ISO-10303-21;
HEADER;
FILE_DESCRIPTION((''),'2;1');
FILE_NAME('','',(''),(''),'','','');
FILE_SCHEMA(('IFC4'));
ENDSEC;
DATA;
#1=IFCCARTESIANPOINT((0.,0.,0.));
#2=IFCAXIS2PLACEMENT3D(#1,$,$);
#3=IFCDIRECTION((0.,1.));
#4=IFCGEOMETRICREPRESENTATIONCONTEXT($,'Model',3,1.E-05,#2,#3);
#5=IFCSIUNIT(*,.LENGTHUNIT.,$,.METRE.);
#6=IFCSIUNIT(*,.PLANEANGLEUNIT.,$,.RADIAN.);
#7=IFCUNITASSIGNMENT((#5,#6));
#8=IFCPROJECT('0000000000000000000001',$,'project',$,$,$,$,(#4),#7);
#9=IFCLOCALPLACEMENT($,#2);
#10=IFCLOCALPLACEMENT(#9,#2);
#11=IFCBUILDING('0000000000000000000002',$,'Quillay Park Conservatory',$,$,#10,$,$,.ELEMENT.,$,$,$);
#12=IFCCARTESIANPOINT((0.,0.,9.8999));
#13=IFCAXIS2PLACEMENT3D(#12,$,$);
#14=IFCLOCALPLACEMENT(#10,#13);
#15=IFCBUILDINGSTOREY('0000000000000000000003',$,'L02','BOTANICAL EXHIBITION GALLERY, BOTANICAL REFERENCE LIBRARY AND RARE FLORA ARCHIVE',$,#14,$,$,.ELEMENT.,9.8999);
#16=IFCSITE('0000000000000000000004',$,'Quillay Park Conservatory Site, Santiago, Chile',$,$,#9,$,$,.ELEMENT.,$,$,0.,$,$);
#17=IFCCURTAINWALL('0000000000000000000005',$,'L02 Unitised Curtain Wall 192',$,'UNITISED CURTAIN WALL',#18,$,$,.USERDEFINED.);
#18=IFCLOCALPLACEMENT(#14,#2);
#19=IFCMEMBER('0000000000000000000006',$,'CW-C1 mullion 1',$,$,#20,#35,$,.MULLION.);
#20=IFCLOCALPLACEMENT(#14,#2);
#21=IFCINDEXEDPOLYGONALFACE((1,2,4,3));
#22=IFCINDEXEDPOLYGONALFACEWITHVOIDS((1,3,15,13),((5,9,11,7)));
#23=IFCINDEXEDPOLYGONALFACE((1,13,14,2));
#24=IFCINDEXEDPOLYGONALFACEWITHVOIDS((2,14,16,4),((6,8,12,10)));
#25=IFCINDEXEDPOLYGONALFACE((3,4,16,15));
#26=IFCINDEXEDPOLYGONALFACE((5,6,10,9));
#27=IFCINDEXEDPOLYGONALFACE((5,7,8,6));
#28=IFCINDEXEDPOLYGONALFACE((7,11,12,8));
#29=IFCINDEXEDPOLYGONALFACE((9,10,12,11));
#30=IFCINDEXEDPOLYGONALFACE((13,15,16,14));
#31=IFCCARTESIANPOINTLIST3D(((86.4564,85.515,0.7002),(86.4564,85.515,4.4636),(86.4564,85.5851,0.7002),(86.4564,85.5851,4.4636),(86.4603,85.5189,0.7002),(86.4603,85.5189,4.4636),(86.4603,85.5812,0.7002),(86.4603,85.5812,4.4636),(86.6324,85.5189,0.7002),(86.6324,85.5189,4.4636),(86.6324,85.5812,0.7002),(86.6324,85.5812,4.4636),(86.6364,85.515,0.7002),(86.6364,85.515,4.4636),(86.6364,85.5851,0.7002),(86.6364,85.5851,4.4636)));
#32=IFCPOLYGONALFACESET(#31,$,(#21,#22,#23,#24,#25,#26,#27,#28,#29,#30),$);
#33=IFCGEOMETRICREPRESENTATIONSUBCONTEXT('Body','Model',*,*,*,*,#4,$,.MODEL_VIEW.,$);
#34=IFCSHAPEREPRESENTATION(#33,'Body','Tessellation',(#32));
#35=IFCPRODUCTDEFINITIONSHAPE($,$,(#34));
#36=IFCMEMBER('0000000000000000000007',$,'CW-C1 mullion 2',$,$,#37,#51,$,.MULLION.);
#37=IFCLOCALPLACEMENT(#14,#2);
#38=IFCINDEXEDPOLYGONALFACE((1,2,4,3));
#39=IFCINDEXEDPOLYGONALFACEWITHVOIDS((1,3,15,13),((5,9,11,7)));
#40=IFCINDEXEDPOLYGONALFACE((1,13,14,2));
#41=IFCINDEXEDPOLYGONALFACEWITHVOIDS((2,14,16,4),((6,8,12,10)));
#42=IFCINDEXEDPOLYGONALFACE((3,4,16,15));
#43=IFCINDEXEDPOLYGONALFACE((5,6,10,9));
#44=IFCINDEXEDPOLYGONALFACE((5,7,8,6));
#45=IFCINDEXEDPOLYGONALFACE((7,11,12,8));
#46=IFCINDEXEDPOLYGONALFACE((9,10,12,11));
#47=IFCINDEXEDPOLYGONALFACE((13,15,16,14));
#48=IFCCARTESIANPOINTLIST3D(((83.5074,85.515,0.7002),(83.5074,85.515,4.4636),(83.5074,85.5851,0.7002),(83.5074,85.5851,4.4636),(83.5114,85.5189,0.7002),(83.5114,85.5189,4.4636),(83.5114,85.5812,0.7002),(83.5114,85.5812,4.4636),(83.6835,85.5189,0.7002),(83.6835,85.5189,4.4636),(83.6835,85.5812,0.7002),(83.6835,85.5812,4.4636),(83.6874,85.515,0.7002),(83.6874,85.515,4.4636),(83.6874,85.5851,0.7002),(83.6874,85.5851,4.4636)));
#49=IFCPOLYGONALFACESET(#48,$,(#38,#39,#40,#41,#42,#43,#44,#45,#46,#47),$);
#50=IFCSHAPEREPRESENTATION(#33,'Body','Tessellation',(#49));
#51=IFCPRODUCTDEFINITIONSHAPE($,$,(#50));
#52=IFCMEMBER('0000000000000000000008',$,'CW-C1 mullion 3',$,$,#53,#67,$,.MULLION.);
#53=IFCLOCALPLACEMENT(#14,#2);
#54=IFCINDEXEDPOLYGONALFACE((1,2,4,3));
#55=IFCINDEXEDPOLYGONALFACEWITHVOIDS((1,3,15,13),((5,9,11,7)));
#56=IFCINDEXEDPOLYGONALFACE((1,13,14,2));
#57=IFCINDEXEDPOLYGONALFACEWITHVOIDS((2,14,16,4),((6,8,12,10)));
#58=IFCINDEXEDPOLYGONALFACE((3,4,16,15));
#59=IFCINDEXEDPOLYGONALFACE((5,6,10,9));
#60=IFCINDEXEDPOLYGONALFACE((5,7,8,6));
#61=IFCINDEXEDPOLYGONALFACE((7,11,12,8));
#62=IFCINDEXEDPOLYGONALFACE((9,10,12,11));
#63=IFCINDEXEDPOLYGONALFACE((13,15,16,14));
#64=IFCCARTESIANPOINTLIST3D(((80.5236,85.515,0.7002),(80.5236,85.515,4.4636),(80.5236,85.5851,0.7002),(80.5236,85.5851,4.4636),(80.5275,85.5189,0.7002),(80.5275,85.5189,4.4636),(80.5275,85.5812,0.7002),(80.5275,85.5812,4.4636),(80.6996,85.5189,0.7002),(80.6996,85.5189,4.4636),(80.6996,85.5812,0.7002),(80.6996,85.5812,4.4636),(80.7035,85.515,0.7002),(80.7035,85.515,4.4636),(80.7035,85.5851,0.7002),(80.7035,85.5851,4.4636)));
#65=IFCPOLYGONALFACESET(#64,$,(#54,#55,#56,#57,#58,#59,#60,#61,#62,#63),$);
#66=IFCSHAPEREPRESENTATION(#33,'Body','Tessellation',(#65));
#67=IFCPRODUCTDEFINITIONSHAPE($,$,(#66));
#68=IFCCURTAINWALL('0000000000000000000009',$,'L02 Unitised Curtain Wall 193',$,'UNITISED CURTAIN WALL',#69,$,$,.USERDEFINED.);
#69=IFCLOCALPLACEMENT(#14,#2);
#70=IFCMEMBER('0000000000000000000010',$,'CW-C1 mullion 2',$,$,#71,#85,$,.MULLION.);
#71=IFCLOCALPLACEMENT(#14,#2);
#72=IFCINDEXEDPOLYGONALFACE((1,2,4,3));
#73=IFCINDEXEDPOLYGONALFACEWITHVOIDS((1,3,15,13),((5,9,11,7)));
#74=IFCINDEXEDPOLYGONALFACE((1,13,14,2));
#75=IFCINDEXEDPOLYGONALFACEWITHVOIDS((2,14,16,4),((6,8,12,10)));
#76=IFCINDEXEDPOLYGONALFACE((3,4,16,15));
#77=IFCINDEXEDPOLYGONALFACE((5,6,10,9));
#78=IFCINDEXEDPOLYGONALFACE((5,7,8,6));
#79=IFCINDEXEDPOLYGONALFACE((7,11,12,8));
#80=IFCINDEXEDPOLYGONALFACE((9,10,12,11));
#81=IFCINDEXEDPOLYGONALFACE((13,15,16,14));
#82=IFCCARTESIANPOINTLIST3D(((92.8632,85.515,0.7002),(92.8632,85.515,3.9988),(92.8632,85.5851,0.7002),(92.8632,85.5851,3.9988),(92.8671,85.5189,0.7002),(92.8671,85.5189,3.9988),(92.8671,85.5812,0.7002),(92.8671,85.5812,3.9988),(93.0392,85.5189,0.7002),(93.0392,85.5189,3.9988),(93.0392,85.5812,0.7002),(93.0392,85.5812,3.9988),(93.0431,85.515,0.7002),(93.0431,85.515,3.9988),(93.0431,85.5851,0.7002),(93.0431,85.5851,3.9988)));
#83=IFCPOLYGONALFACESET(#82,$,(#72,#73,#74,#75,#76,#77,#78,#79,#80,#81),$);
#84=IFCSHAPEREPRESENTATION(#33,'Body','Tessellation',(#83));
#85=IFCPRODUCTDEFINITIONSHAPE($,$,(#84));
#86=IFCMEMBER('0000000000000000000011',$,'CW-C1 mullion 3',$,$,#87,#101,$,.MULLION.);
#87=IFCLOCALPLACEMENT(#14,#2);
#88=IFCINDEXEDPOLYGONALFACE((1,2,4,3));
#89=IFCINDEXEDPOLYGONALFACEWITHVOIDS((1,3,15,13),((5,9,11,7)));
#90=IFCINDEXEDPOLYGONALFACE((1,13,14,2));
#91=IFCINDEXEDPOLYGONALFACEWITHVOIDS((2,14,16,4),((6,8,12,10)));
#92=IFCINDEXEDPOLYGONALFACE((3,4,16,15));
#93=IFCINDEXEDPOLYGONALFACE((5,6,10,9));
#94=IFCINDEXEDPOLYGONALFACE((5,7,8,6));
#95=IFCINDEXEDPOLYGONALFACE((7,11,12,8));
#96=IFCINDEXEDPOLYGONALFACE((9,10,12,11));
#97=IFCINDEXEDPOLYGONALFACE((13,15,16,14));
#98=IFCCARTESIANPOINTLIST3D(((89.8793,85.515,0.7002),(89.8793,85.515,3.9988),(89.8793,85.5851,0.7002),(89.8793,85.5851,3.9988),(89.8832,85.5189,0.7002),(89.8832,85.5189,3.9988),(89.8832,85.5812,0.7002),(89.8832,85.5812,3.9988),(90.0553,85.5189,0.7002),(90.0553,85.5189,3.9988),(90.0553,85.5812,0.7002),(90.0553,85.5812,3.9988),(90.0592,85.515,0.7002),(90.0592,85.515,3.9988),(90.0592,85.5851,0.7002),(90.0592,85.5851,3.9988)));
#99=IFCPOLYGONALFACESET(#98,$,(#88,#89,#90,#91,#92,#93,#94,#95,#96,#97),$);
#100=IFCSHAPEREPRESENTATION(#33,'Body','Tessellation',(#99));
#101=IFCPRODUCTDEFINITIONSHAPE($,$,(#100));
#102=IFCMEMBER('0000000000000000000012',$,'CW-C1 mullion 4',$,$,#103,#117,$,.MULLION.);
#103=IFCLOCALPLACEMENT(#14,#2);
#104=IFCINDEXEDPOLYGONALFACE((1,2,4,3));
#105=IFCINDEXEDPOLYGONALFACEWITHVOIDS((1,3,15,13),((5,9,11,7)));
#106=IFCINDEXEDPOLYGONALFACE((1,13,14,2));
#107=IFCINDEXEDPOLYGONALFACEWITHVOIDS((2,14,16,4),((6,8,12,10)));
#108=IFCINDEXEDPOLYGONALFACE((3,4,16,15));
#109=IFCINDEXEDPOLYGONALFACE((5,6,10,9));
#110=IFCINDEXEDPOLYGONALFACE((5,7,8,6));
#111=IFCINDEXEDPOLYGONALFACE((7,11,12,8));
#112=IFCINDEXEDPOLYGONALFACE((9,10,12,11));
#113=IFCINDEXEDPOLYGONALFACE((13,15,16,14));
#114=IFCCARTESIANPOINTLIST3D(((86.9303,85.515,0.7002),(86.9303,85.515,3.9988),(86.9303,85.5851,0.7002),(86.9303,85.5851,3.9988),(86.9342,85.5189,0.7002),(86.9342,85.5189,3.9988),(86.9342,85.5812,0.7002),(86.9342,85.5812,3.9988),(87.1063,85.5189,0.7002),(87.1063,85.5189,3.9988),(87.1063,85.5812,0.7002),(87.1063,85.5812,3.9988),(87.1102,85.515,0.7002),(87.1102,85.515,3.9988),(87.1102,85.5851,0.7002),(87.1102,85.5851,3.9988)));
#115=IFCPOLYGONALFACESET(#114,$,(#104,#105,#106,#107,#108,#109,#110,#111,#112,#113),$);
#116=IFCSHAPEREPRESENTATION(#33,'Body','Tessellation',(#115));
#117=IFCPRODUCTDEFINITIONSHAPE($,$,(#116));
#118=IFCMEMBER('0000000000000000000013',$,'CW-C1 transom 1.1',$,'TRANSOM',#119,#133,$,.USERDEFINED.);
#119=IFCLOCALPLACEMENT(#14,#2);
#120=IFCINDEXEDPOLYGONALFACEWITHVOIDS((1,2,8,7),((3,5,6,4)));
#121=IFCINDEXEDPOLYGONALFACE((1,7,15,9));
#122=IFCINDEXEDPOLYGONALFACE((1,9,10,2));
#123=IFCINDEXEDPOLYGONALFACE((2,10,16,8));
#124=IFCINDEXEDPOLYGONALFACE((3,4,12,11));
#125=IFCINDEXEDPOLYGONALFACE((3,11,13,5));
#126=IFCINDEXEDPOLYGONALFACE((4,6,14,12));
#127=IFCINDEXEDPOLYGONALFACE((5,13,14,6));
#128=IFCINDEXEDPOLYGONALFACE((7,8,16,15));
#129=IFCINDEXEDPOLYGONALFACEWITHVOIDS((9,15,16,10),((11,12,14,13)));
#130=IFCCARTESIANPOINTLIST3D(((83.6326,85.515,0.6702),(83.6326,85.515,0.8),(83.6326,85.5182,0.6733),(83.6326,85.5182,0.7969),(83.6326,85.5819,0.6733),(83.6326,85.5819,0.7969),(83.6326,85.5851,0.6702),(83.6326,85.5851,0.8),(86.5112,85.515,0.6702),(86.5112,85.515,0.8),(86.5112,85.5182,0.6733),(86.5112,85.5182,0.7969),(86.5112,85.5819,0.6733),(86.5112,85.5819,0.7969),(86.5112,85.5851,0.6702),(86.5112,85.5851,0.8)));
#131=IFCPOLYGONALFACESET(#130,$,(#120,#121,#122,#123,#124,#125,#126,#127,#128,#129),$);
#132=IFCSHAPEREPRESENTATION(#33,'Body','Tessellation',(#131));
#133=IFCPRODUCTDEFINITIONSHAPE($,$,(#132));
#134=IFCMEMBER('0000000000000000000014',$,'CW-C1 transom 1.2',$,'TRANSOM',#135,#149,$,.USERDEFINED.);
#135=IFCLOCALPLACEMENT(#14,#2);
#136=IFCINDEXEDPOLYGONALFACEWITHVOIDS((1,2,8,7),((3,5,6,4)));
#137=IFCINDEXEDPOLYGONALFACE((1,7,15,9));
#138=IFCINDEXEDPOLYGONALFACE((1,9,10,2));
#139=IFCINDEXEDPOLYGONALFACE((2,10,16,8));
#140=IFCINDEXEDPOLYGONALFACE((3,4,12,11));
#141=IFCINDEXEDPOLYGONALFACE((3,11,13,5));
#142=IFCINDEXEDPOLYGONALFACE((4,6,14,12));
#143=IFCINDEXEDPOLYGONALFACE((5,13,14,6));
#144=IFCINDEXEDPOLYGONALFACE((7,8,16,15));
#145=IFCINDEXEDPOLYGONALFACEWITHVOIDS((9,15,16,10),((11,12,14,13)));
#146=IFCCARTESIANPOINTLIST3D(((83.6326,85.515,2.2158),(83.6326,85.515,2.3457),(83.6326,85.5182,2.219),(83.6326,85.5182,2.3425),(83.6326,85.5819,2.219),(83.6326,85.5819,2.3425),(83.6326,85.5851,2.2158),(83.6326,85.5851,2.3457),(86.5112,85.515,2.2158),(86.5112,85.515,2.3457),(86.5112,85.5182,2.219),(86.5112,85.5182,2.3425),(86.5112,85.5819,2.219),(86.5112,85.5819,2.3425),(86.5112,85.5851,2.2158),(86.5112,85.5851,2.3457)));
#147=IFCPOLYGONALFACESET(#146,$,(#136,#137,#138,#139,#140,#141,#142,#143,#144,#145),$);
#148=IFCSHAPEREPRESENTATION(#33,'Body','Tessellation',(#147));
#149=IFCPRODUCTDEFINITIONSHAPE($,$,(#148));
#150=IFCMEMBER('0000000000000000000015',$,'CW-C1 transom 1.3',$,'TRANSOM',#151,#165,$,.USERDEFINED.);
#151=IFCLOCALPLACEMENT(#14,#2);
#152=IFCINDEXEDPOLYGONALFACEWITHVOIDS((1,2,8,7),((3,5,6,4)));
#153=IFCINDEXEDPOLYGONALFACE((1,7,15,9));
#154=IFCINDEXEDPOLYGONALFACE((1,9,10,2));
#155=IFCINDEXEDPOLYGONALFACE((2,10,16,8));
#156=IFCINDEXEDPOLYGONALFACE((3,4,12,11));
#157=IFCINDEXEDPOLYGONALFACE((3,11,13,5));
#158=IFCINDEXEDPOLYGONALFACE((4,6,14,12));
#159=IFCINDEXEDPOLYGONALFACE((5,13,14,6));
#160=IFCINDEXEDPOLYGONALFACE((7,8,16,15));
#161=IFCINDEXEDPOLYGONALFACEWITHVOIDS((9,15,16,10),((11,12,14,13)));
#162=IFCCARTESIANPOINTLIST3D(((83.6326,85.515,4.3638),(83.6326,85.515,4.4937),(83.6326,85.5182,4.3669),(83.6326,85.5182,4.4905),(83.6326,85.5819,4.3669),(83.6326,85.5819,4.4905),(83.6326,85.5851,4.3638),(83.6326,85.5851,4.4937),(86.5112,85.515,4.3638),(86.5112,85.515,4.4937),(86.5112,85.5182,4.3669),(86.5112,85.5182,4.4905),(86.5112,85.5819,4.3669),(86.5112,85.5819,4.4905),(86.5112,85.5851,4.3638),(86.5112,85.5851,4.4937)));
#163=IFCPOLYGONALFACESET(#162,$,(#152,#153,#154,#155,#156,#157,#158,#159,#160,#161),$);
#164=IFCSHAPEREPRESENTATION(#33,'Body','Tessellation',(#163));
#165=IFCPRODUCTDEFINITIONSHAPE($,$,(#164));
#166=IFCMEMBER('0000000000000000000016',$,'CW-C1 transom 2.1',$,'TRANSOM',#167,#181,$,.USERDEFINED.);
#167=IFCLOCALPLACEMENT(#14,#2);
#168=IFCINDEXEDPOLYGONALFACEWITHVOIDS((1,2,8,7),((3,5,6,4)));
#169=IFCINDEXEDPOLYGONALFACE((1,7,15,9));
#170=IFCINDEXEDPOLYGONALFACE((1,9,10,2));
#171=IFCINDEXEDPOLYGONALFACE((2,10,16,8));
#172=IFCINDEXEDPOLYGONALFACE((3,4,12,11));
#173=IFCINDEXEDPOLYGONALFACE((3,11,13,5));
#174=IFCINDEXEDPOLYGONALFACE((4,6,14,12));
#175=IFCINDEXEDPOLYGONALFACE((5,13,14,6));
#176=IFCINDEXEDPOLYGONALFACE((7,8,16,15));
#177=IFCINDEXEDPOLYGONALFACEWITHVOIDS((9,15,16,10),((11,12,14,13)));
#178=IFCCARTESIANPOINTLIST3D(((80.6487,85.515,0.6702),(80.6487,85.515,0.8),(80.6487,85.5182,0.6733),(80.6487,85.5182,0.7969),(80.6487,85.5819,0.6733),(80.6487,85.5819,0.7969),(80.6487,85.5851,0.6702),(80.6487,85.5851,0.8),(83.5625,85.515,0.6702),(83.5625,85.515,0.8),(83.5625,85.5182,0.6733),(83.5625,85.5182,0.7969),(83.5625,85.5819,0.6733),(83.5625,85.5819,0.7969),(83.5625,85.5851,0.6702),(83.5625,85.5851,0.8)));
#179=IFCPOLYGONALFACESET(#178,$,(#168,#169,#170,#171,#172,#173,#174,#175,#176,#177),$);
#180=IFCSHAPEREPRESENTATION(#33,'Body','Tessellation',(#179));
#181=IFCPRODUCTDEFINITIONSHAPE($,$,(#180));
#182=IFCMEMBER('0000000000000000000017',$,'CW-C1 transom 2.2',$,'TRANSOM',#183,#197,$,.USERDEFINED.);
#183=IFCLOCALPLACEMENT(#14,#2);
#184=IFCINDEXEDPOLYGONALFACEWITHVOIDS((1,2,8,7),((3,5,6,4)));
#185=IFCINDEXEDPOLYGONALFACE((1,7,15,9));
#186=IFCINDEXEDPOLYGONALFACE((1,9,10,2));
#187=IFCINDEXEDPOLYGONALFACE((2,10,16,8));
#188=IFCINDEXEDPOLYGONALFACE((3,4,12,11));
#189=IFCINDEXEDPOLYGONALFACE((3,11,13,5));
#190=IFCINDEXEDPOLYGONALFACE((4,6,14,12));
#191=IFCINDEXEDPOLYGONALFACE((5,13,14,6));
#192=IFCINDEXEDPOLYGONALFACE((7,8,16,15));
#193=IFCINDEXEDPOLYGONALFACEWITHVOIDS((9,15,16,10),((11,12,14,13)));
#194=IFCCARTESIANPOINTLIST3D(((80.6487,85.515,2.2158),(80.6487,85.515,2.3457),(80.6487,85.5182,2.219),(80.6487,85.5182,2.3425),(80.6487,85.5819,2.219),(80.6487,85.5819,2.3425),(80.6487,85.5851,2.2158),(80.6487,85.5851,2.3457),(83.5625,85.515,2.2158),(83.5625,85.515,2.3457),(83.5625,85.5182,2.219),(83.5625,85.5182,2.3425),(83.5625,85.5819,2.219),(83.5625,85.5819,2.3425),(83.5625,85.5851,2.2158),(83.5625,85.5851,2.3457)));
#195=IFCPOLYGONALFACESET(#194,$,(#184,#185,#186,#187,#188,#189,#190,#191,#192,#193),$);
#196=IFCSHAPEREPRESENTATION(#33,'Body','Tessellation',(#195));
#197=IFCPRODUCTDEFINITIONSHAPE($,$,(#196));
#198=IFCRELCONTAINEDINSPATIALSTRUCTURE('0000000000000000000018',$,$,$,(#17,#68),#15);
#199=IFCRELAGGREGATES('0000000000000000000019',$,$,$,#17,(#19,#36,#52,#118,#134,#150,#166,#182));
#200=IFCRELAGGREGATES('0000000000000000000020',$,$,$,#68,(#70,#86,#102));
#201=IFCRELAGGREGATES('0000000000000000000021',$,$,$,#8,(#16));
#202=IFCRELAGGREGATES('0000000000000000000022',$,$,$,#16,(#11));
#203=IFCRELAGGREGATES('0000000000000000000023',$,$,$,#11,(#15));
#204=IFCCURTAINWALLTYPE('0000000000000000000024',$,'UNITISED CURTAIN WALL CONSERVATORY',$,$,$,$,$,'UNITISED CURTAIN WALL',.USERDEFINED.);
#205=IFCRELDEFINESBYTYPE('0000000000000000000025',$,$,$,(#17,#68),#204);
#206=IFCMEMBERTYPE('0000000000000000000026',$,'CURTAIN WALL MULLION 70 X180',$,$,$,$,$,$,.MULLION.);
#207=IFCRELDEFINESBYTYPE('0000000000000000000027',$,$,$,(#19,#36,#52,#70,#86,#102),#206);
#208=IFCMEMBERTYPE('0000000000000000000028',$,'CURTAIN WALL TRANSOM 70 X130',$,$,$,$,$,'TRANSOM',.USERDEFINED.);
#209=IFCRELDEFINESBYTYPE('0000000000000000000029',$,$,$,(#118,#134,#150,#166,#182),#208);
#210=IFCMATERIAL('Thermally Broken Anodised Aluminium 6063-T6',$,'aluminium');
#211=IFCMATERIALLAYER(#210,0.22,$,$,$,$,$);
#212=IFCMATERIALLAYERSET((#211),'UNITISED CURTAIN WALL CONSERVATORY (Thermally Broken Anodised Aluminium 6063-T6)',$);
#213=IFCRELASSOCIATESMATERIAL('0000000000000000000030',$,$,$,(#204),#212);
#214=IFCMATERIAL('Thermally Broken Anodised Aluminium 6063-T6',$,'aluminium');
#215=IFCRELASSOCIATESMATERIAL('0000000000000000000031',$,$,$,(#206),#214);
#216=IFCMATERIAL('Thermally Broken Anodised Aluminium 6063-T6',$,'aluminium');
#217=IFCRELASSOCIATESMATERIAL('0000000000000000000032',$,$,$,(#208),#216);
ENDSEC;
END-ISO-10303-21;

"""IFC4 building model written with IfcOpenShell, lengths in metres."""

from ifc_helpers import new_model, si_unit, direction, frame, origin, origin_2d, place, context, subcontext, project, spatial, hollow_rectangle, extrude, material, layer, layer_set, material_profile, profile_set, type_object, element, aggregate, save


model = new_model("IFC4")

# Units and contexts
model_context = context("Model", 3, precision=1e-05, world=origin(), true_north=direction((0.0, 1.0)))
body_context = subcontext(model_context, "Body", "Model", "MODEL_VIEW")
ifc_project = project(units=[si_unit("LENGTHUNIT", "METRE"), si_unit("PLANEANGLEUNIT", "RADIAN")], contexts=[model_context])

# Site, building, storey
site_placement = place(None, origin())
site = spatial("IfcSite", under=ifc_project, at=site_placement, Name="Quillay Park Conservatory Site, Santiago, Chile", CompositionType="ELEMENT", RefElevation=0.0)
building_placement = place(site_placement, origin())
building = spatial("IfcBuilding", under=site, at=building_placement, Name="Quillay Park Conservatory", CompositionType="ELEMENT")
storey_placement = place(building_placement, frame((0.0, 0.0, 9.8999)))
storey = spatial("IfcBuildingStorey", under=building, at=storey_placement, Name="L02", Description="BOTANICAL EXHIBITION GALLERY, BOTANICAL REFERENCE LIBRARY AND RARE FLORA ARCHIVE", CompositionType="ELEMENT", Elevation=9.8999)

# Curtain walls, members
ifc_material_1 = material(Name="Thermally Broken Anodised Aluminium 6063-T6", Category="aluminium")
ifc_layer_1 = layer(ifc_material_1, 0.22)
ifc_layer_set_1 = layer_set([ifc_layer_1], Name="UNITISED CURTAIN WALL CONSERVATORY (Thermally Broken Anodised Aluminium 6063-T6)")
curtain_wall_type = type_object("IfcCurtainWallType", Name="UNITISED CURTAIN WALL CONSERVATORY", ElementType="UNITISED CURTAIN WALL", PredefinedType="USERDEFINED", material=ifc_layer_set_1)
curtain_wall_1_placement = place(storey_placement, origin())
curtain_wall_1 = element("IfcCurtainWall", 1, at=curtain_wall_1_placement, inside=storey, type_object=curtain_wall_type, Name="L02 Unitised Curtain Wall 192", ObjectType="UNITISED CURTAIN WALL", PredefinedType="USERDEFINED")
ifc_material_2 = material(Name="Thermally Broken Anodised Aluminium 6063-T6", Category="aluminium")
ifc_material_profile_1 = material_profile(ifc_material_2, hollow_rectangle(XDim=0.0701, YDim=0.1799, WallThickness=0.0039, at=origin_2d()), Name="AL70x180x4")
ifc_profile_set_1 = profile_set([ifc_material_profile_1], Name="Thermally Broken Anodised Aluminium 6063-T6")
member_type_1 = type_object("IfcMemberType", Name="CURTAIN WALL MULLION 70 X180", PredefinedType="MULLION", material=ifc_profile_set_1)
member_1_placement = place(storey_placement, frame((86.5464, 85.55, 0.7002), z_axis=(0.0, 0.0, 1.0), x_axis=(0.0, -1.0, 0.0)))
member_1 = element("IfcMember", 2, at=member_1_placement, type_object=member_type_1, Name="CW-C1 mullion 1", PredefinedType="MULLION", context=body_context, shape_type="SweptSolid", body=[
    extrude(hollow_rectangle(XDim=0.0701, YDim=0.1799, WallThickness=0.0039, at=origin_2d()), origin(), (0.0, 0.0, 1.0), 3.7634),
])
member_2_placement = place(storey_placement, frame((83.5974, 85.55, 0.7002), z_axis=(0.0, 0.0, 1.0), x_axis=(0.0, -1.0, 0.0)))
member_2 = element("IfcMember", 3, at=member_2_placement, type_object=member_type_1, Name="CW-C1 mullion 2", PredefinedType="MULLION", context=body_context, shape_type="SweptSolid", body=[
    extrude(hollow_rectangle(XDim=0.0701, YDim=0.1799, WallThickness=0.0039, at=origin_2d()), origin(), (0.0, 0.0, 1.0), 3.7634),
])
member_3_placement = place(storey_placement, frame((80.6135, 85.55, 0.7002), z_axis=(0.0, 0.0, 1.0), x_axis=(0.0, -1.0, 0.0)))
member_3 = element("IfcMember", 4, at=member_3_placement, type_object=member_type_1, Name="CW-C1 mullion 3", PredefinedType="MULLION", context=body_context, shape_type="SweptSolid", body=[
    extrude(hollow_rectangle(XDim=0.0701, YDim=0.1799, WallThickness=0.0039, at=origin_2d()), origin(), (0.0, 0.0, 1.0), 3.7634),
])
curtain_wall_2_placement = place(storey_placement, origin())
curtain_wall_2 = element("IfcCurtainWall", 5, at=curtain_wall_2_placement, inside=storey, type_object=curtain_wall_type, Name="L02 Unitised Curtain Wall 193", ObjectType="UNITISED CURTAIN WALL", PredefinedType="USERDEFINED")
member_4_placement = place(storey_placement, frame((92.9531, 85.55, 0.7002), z_axis=(0.0, 0.0, 1.0), x_axis=(0.0, -1.0, 0.0)))
member_4 = element("IfcMember", 6, at=member_4_placement, type_object=member_type_1, Name="CW-C1 mullion 2", PredefinedType="MULLION", context=body_context, shape_type="SweptSolid", body=[
    extrude(hollow_rectangle(XDim=0.0701, YDim=0.1799, WallThickness=0.0039, at=origin_2d()), origin(), (0.0, 0.0, 1.0), 3.2986),
])
member_5_placement = place(storey_placement, frame((89.9692, 85.55, 0.7002), z_axis=(0.0, 0.0, 1.0), x_axis=(0.0, -1.0, 0.0)))
member_5 = element("IfcMember", 7, at=member_5_placement, type_object=member_type_1, Name="CW-C1 mullion 3", PredefinedType="MULLION", context=body_context, shape_type="SweptSolid", body=[
    extrude(hollow_rectangle(XDim=0.0701, YDim=0.1799, WallThickness=0.0039, at=origin_2d()), origin(), (0.0, 0.0, 1.0), 3.2986),
])
member_6_placement = place(storey_placement, frame((87.0203, 85.55, 0.7002), z_axis=(0.0, 0.0, 1.0), x_axis=(0.0, -1.0, 0.0)))
member_6 = element("IfcMember", 8, at=member_6_placement, type_object=member_type_1, Name="CW-C1 mullion 4", PredefinedType="MULLION", context=body_context, shape_type="SweptSolid", body=[
    extrude(hollow_rectangle(XDim=0.0701, YDim=0.1799, WallThickness=0.0039, at=origin_2d()), origin(), (0.0, 0.0, 1.0), 3.2986),
])

# Members
ifc_material_3 = material(Name="Thermally Broken Anodised Aluminium 6063-T6", Category="aluminium")
ifc_material_profile_2 = material_profile(ifc_material_3, hollow_rectangle(XDim=0.0701, YDim=0.1299, WallThickness=0.0032, at=origin_2d()), Name="AL70x130x3.2")
ifc_profile_set_2 = profile_set([ifc_material_profile_2], Name="Thermally Broken Anodised Aluminium 6063-T6")
member_type_2 = type_object("IfcMemberType", Name="CURTAIN WALL TRANSOM 70 X130", ElementType="TRANSOM", PredefinedType="USERDEFINED", material=ifc_profile_set_2)
member_7_placement = place(storey_placement, frame((86.5112, 85.55, 0.7351), z_axis=(-1.0, 0.0, 0.0), x_axis=(0.0, -1.0, 0.0)))
member_7 = element("IfcMember", 9, at=member_7_placement, type_object=member_type_2, Name="CW-C1 transom 1.1", ObjectType="TRANSOM", PredefinedType="USERDEFINED", context=body_context, shape_type="SweptSolid", body=[
    extrude(hollow_rectangle(XDim=0.0701, YDim=0.1299, WallThickness=0.0032, at=origin_2d()), origin(), (0.0, 0.0, 1.0), 2.8787),
])
member_8_placement = place(storey_placement, frame((86.5112, 85.55, 2.2808), z_axis=(-1.0, 0.0, 0.0), x_axis=(0.0, -1.0, 0.0)))
member_8 = element("IfcMember", 10, at=member_8_placement, type_object=member_type_2, Name="CW-C1 transom 1.2", ObjectType="TRANSOM", PredefinedType="USERDEFINED", context=body_context, shape_type="SweptSolid", body=[
    extrude(hollow_rectangle(XDim=0.0701, YDim=0.1299, WallThickness=0.0032, at=origin_2d()), origin(), (0.0, 0.0, 1.0), 2.8787),
])
member_9_placement = place(storey_placement, frame((86.5112, 85.55, 4.4287), z_axis=(-1.0, 0.0, 0.0), x_axis=(0.0, -1.0, 0.0)))
member_9 = element("IfcMember", 11, at=member_9_placement, type_object=member_type_2, Name="CW-C1 transom 1.3", ObjectType="TRANSOM", PredefinedType="USERDEFINED", context=body_context, shape_type="SweptSolid", body=[
    extrude(hollow_rectangle(XDim=0.0701, YDim=0.1299, WallThickness=0.0032, at=origin_2d()), origin(), (0.0, 0.0, 1.0), 2.8787),
])
member_10_placement = place(storey_placement, frame((83.5625, 85.55, 0.7351), z_axis=(-1.0, 0.0, 0.0), x_axis=(0.0, -1.0, 0.0)))
member_10 = element("IfcMember", 12, at=member_10_placement, type_object=member_type_2, Name="CW-C1 transom 2.1", ObjectType="TRANSOM", PredefinedType="USERDEFINED", context=body_context, shape_type="SweptSolid", body=[
    extrude(hollow_rectangle(XDim=0.0701, YDim=0.1299, WallThickness=0.0032, at=origin_2d()), origin(), (0.0, 0.0, 1.0), 2.9138),
])
member_11_placement = place(storey_placement, frame((83.5625, 85.55, 2.2808), z_axis=(-1.0, 0.0, 0.0), x_axis=(0.0, -1.0, 0.0)))
member_11 = element("IfcMember", 13, at=member_11_placement, type_object=member_type_2, Name="CW-C1 transom 2.2", ObjectType="TRANSOM", PredefinedType="USERDEFINED", context=body_context, shape_type="SweptSolid", body=[
    extrude(hollow_rectangle(XDim=0.0701, YDim=0.1299, WallThickness=0.0032, at=origin_2d()), origin(), (0.0, 0.0, 1.0), 2.9138),
])

aggregate(curtain_wall_1, [member_1, member_2, member_3, member_7, member_8, member_9, member_10, member_11])
aggregate(curtain_wall_2, [member_4, member_5, member_6])

save(model, "model.ifc")
